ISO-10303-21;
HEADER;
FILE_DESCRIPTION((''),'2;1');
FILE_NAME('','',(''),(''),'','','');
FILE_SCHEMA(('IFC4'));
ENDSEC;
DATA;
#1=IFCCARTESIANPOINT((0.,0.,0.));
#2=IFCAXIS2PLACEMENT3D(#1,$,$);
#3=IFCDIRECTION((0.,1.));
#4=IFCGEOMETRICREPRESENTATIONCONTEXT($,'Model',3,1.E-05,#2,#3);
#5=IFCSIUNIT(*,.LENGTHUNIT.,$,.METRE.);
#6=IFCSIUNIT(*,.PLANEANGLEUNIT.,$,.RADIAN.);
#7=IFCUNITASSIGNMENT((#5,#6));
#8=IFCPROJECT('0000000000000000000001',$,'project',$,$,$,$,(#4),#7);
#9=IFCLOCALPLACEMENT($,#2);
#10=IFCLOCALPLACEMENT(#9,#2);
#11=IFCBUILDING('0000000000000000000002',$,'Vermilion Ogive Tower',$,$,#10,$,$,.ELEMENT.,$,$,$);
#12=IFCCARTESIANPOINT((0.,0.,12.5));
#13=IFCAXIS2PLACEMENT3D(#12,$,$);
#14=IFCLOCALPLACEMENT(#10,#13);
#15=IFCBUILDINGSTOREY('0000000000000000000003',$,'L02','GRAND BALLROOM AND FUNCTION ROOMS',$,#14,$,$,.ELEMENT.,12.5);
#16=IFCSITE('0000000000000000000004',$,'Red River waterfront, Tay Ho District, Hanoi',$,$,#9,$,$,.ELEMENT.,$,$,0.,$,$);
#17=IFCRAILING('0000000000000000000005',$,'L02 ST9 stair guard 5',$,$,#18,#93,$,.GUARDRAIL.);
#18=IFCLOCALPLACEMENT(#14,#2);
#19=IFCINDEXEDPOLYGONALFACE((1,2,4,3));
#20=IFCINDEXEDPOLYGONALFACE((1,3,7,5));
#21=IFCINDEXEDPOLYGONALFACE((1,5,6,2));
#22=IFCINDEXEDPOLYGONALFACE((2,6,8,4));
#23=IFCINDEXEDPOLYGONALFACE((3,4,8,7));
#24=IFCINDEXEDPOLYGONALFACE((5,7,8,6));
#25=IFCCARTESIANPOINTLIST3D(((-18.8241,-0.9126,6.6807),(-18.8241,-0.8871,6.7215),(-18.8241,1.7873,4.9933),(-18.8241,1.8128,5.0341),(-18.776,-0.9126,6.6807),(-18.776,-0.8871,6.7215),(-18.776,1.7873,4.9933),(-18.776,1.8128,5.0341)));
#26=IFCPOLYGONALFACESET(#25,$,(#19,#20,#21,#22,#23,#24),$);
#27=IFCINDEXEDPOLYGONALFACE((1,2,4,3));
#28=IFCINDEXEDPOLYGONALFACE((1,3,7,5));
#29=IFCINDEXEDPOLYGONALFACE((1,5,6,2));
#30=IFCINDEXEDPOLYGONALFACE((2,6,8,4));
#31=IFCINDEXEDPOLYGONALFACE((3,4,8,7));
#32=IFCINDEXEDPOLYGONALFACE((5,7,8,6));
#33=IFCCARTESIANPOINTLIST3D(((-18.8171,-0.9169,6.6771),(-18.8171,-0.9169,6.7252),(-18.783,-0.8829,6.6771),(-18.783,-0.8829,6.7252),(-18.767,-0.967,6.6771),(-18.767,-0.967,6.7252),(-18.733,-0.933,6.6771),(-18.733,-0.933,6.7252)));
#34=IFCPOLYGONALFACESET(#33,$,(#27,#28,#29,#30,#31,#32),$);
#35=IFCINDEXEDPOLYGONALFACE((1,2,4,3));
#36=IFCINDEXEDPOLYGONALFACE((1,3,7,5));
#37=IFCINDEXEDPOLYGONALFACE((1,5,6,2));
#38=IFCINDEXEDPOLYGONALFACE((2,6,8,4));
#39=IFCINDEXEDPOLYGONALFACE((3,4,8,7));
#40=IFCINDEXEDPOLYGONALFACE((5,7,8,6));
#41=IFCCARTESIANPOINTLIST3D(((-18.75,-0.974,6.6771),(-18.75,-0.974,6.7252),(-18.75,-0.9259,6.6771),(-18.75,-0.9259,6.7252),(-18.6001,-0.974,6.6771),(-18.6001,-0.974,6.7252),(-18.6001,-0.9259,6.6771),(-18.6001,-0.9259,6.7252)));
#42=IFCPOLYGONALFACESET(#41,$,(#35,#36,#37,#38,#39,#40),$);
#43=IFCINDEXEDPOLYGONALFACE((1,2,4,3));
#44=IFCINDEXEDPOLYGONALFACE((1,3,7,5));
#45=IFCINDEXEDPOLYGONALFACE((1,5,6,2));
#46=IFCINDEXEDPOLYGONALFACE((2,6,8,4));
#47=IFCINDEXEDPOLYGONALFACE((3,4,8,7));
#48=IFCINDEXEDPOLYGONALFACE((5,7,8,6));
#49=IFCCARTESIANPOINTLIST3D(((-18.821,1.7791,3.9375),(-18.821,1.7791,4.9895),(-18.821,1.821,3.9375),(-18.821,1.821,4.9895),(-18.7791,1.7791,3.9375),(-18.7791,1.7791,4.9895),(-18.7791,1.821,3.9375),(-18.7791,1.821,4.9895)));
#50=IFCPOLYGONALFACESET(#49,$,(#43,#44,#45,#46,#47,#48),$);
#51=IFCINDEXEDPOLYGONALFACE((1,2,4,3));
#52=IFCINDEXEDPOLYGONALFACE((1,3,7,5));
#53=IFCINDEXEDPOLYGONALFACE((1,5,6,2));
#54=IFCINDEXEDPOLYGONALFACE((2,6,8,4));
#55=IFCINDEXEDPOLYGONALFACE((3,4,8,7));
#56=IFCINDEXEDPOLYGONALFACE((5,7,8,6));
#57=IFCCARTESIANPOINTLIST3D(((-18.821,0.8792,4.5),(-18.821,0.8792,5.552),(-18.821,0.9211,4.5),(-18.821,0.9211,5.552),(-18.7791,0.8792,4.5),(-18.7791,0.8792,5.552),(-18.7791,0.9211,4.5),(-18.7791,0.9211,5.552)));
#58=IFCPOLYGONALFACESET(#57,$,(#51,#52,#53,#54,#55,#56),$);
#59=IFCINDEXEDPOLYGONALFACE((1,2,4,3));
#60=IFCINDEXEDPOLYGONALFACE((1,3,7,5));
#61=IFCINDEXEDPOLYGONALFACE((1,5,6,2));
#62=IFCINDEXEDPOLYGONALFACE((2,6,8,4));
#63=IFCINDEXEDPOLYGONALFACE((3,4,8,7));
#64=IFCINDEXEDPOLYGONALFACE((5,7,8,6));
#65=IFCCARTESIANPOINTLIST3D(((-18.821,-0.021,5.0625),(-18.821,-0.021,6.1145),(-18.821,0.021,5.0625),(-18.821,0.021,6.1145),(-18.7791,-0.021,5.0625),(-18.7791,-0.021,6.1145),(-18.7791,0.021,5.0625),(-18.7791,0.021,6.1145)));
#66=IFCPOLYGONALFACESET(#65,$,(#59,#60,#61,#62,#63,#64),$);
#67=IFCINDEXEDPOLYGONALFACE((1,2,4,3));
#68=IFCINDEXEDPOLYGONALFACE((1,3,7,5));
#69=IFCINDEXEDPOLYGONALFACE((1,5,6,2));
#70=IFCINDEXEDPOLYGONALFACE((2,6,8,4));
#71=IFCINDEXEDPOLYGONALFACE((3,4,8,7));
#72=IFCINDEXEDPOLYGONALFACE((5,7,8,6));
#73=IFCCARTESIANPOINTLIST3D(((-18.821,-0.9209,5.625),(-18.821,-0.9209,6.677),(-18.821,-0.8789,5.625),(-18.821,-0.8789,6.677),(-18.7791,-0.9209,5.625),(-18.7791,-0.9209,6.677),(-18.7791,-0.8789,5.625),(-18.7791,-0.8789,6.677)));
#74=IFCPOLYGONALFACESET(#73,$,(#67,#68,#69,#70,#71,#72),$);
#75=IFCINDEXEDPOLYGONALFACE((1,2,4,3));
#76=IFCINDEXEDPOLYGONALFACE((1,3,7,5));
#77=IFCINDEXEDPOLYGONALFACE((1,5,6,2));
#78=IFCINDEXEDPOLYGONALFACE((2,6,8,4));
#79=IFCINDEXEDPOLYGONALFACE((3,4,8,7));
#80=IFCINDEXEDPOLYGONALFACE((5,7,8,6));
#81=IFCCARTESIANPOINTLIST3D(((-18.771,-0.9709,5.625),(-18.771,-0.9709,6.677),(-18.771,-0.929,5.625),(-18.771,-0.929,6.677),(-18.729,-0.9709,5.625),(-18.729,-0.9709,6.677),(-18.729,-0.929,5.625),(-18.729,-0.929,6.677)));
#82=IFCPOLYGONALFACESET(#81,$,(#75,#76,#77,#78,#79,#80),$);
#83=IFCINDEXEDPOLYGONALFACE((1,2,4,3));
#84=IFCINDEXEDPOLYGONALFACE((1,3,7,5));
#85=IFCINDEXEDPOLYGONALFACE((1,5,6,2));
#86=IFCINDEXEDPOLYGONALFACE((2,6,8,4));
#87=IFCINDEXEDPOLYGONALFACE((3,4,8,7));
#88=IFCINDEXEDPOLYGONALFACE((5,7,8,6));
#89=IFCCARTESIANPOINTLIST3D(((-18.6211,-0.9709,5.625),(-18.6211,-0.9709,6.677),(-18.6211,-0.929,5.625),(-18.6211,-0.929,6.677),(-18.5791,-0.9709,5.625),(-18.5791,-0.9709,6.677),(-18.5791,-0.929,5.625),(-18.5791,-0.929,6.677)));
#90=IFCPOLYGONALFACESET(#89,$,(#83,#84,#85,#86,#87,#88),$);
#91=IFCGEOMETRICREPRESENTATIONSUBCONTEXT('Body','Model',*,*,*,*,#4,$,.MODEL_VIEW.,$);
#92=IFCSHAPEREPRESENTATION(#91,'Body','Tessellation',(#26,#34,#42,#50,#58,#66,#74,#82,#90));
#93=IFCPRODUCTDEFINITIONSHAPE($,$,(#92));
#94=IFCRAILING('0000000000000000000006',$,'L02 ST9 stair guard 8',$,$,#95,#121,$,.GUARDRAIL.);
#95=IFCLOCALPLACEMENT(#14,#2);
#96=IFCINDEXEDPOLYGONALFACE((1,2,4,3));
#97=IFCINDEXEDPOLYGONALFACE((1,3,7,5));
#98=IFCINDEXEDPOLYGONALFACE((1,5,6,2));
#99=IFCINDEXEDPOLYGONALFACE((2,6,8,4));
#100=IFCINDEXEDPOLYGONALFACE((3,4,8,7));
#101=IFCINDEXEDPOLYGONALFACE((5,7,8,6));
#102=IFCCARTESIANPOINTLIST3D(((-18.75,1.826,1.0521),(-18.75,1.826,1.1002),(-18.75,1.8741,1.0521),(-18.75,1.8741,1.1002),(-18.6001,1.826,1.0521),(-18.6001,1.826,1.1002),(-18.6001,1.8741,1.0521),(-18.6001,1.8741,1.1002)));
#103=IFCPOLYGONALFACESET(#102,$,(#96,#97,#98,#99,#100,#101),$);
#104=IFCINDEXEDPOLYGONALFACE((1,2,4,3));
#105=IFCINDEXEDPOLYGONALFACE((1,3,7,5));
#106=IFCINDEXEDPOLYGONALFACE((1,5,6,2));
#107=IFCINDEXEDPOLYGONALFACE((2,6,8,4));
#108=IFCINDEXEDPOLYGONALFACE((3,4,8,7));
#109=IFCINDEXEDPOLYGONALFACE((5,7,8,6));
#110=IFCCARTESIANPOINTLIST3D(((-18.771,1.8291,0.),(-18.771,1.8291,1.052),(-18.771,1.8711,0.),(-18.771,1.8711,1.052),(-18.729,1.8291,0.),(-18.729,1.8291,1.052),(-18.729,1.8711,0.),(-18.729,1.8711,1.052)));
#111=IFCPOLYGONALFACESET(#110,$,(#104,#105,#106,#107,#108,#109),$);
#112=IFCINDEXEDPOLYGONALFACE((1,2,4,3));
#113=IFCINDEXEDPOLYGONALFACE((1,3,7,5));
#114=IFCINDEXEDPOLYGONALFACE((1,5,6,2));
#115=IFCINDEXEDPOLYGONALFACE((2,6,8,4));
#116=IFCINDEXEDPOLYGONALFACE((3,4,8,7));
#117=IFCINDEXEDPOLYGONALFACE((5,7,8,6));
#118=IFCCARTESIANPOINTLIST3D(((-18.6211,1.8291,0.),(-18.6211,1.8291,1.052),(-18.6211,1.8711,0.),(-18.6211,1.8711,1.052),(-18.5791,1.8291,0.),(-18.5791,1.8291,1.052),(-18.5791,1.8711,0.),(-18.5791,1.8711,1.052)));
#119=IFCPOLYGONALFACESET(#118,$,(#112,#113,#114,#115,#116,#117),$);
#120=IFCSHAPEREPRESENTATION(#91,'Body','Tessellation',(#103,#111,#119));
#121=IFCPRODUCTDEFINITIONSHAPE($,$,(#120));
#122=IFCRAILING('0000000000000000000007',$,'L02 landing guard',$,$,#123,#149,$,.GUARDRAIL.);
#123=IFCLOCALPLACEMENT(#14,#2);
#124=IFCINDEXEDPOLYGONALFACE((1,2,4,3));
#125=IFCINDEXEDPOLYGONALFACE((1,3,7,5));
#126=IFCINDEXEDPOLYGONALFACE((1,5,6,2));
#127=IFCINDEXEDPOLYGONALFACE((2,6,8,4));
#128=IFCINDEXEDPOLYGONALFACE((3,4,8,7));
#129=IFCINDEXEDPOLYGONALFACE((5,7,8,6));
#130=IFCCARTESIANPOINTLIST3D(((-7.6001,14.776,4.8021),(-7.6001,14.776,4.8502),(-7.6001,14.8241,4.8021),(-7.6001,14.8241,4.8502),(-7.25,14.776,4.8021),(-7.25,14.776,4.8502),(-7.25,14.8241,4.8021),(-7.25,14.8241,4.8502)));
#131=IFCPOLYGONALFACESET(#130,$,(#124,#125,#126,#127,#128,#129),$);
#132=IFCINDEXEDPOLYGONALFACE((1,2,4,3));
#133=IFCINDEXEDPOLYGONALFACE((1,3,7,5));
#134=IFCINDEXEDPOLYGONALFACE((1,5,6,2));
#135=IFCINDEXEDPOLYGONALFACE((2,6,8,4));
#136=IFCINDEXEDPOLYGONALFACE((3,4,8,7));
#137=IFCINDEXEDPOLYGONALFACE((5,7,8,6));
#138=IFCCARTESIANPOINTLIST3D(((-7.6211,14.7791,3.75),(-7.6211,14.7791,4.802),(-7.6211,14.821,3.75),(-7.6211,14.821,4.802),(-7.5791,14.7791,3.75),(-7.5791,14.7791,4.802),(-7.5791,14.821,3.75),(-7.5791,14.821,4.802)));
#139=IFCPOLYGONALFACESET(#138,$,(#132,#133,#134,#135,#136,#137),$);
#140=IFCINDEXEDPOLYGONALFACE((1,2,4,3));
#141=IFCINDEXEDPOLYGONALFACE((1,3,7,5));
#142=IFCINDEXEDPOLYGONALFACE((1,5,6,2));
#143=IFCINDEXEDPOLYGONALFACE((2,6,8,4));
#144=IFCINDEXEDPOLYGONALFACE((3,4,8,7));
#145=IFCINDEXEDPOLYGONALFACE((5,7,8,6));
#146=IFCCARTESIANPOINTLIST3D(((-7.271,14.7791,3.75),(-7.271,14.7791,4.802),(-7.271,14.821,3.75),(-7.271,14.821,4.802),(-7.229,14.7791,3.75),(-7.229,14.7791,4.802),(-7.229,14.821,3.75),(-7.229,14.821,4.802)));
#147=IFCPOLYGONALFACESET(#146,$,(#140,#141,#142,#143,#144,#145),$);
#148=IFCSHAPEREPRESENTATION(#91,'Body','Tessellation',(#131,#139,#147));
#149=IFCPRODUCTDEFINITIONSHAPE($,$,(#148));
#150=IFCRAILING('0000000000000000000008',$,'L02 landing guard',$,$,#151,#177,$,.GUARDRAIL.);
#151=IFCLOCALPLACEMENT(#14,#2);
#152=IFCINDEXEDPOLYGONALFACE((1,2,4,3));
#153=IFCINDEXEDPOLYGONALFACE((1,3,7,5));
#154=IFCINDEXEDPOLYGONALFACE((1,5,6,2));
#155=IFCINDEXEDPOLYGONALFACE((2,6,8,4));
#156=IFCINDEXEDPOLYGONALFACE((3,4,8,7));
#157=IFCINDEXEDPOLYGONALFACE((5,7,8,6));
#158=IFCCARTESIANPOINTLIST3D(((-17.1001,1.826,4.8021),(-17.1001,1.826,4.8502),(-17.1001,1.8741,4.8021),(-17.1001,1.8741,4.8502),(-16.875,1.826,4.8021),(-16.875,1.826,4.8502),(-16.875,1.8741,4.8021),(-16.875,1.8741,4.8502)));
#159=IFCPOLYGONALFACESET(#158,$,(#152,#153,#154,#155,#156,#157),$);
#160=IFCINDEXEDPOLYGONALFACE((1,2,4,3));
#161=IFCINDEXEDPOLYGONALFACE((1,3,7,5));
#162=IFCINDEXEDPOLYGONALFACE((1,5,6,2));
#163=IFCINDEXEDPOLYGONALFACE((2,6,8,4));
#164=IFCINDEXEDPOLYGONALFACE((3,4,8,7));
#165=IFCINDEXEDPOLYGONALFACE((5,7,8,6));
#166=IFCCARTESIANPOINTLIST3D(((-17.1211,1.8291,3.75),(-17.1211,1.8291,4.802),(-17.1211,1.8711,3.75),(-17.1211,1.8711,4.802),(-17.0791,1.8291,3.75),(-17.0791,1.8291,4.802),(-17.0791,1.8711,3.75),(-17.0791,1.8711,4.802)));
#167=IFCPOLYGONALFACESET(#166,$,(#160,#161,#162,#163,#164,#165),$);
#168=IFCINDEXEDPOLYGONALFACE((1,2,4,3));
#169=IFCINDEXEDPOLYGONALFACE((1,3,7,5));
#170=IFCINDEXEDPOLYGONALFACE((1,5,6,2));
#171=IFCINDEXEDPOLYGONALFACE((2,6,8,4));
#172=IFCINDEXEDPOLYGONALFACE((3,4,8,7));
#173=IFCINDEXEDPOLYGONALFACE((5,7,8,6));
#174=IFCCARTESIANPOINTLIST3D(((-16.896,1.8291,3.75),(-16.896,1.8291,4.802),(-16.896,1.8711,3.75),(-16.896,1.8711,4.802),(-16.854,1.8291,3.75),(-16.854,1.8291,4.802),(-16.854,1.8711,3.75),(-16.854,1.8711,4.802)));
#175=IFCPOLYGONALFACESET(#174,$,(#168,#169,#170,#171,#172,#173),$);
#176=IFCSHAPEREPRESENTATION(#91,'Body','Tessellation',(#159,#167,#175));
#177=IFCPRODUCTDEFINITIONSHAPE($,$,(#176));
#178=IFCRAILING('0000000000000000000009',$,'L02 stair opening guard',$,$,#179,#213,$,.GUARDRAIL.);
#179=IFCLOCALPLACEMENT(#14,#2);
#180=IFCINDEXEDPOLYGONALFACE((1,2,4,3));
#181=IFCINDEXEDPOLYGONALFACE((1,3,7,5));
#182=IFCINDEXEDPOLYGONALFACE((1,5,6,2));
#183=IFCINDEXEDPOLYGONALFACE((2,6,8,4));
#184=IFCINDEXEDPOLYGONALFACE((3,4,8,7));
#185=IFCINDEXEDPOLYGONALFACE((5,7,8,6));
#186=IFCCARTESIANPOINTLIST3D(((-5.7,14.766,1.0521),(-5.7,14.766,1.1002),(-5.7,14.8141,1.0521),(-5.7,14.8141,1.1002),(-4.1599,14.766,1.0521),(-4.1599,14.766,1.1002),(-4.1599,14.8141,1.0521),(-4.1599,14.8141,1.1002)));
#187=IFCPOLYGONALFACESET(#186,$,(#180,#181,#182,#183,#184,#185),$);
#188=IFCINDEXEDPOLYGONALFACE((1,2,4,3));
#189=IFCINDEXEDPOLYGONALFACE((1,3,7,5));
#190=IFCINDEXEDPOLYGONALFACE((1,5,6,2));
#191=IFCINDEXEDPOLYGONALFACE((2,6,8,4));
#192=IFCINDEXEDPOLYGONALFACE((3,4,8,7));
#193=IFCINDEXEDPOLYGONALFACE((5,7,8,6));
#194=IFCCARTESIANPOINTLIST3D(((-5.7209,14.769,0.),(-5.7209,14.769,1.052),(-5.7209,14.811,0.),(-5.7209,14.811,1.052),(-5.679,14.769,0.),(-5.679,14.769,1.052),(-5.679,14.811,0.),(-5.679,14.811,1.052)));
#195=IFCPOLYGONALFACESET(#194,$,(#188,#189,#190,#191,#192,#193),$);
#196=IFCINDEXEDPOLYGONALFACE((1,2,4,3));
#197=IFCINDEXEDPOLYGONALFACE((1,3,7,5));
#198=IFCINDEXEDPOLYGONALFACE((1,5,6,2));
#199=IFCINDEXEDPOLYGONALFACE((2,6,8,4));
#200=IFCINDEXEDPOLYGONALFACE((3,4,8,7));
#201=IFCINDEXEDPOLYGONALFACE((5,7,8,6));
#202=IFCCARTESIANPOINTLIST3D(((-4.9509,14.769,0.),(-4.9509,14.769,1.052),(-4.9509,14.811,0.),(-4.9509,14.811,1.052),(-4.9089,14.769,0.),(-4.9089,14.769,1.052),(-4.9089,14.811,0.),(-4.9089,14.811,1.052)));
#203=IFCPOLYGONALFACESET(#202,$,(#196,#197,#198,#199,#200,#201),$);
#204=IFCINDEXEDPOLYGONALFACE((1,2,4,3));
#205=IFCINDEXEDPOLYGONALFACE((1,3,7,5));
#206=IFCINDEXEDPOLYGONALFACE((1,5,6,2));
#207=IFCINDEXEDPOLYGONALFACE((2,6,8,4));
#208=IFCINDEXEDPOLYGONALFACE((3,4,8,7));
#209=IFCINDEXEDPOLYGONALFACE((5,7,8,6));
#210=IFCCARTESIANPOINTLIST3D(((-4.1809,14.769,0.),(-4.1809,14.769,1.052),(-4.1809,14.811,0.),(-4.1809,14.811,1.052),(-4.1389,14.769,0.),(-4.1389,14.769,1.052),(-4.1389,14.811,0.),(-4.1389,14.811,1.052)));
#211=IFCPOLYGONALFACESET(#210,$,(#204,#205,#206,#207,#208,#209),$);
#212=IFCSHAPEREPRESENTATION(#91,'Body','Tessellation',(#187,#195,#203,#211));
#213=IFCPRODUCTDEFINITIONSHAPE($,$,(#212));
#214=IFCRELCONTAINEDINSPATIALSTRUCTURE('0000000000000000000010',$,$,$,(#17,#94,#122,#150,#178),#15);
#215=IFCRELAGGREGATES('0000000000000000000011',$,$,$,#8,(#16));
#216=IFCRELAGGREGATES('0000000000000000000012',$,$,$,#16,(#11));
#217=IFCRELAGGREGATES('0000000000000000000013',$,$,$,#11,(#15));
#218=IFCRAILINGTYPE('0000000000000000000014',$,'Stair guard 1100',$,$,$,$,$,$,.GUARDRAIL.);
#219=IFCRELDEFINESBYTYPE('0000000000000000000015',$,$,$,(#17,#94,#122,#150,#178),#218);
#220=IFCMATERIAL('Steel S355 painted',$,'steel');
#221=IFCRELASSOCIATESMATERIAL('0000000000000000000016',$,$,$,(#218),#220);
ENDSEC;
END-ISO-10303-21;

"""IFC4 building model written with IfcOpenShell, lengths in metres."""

from ifc_helpers import new_model, si_unit, direction, frame, origin, origin_2d, place, context, subcontext, project, spatial, rectangle, extrude, material, type_object, element, save


model = new_model("IFC4")

# Units and contexts
model_context = context("Model", 3, precision=1e-05, world=origin(), true_north=direction((0.0, 1.0)))
body_context = subcontext(model_context, "Body", "Model", "MODEL_VIEW")
ifc_project = project(units=[si_unit("LENGTHUNIT", "METRE"), si_unit("PLANEANGLEUNIT", "RADIAN")], contexts=[model_context])

# Site, building, storey
site_placement = place(None, origin())
site = spatial("IfcSite", under=ifc_project, at=site_placement, Name="Red River waterfront, Tay Ho District, Hanoi", CompositionType="ELEMENT", RefElevation=0.0)
building_placement = place(site_placement, origin())
building = spatial("IfcBuilding", under=site, at=building_placement, Name="Vermilion Ogive Tower", CompositionType="ELEMENT")
storey_placement = place(building_placement, frame((0.0, 0.0, 12.5)))
storey = spatial("IfcBuildingStorey", under=building, at=storey_placement, Name="L02", Description="GRAND BALLROOM AND FUNCTION ROOMS", CompositionType="ELEMENT", Elevation=12.5)

# Railings
ifc_material_1 = material(Name="Steel S355 painted", Category="steel")
railing_type = type_object("IfcRailingType", Name="Stair guard 1100", PredefinedType="GUARDRAIL", material=ifc_material_1)
railing_1_placement = place(storey_placement, frame((-18.8, 1.8, 3.9375)))
element("IfcRailing", 1, at=railing_1_placement, inside=storey, type_object=railing_type, Name="L02 ST9 stair guard 5", PredefinedType="GUARDRAIL", context=body_context, shape_type="SweptSolid", body=[
    extrude(rectangle(XDim=0.0481, YDim=0.0481, at=origin_2d()), frame((0.0, 0.0, 1.0762), z_axis=(0.0, -0.847994, 0.530006), x_axis=(1.0, 0.0, 0.0)), (0.0, 0.0, 1.0), 3.1838),
    extrude(rectangle(XDim=0.0481, YDim=0.0481, at=origin_2d()), frame((0.0, -2.7, 2.7637), z_axis=(0.707107, -0.707107, 0.0), x_axis=(0.707107, 0.707107, 0.0)), (0.0, 0.0, 1.0), 0.0708),
    extrude(rectangle(XDim=0.0481, YDim=0.0481, at=origin_2d()), frame((0.05, -2.75, 2.7637), z_axis=(1.0, 0.0, 0.0), x_axis=(0.0, 1.0, 0.0)), (0.0, 0.0, 1.0), 0.1499),
    extrude(rectangle(XDim=0.042, YDim=0.042, at=origin_2d()), origin(), (0.0, 0.0, 1.0), 1.052),
    extrude(rectangle(XDim=0.042, YDim=0.042, at=origin_2d()), frame((0.0, -0.8999, 0.5625)), (0.0, 0.0, 1.0), 1.052),
    extrude(rectangle(XDim=0.042, YDim=0.042, at=origin_2d()), frame((0.0, -1.8, 1.125)), (0.0, 0.0, 1.0), 1.052),
    extrude(rectangle(XDim=0.042, YDim=0.042, at=origin_2d()), frame((0.0, -2.7, 1.6875)), (0.0, 0.0, 1.0), 1.052),
    extrude(rectangle(XDim=0.042, YDim=0.042, at=origin_2d()), frame((0.05, -2.75, 1.6875)), (0.0, 0.0, 1.0), 1.052),
    extrude(rectangle(XDim=0.042, YDim=0.042, at=origin_2d()), frame((0.2, -2.75, 1.6875)), (0.0, 0.0, 1.0), 1.052),
])
railing_2_placement = place(storey_placement, frame((-18.75, 1.8501, 0.0)))
element("IfcRailing", 2, at=railing_2_placement, inside=storey, type_object=railing_type, Name="L02 ST9 stair guard 8", PredefinedType="GUARDRAIL", context=body_context, shape_type="SweptSolid", body=[
    extrude(rectangle(XDim=0.0481, YDim=0.0481, at=origin_2d()), frame((0.0, 0.0, 1.0762), z_axis=(1.0, 0.0, 0.0), x_axis=(0.0, 1.0, 0.0)), (0.0, 0.0, 1.0), 0.1499),
    extrude(rectangle(XDim=0.042, YDim=0.042, at=origin_2d()), origin(), (0.0, 0.0, 1.0), 1.052),
    extrude(rectangle(XDim=0.042, YDim=0.042, at=origin_2d()), frame((0.1499, 0.0, 0.0)), (0.0, 0.0, 1.0), 1.052),
])
railing_3_placement = place(storey_placement, frame((-7.6001, 14.8, 3.75)))
element("IfcRailing", 3, at=railing_3_placement, inside=storey, type_object=railing_type, Name="L02 landing guard", PredefinedType="GUARDRAIL", context=body_context, shape_type="SweptSolid", body=[
    extrude(rectangle(XDim=0.0481, YDim=0.0481, at=origin_2d()), frame((0.0, 0.0, 1.0762), z_axis=(1.0, 0.0, 0.0), x_axis=(0.0, 1.0, 0.0)), (0.0, 0.0, 1.0), 0.3501),
    extrude(rectangle(XDim=0.042, YDim=0.042, at=origin_2d()), origin(), (0.0, 0.0, 1.0), 1.052),
    extrude(rectangle(XDim=0.042, YDim=0.042, at=origin_2d()), frame((0.3501, 0.0, 0.0)), (0.0, 0.0, 1.0), 1.052),
])
railing_4_placement = place(storey_placement, frame((-17.1001, 1.8501, 3.75)))
element("IfcRailing", 4, at=railing_4_placement, inside=storey, type_object=railing_type, Name="L02 landing guard", PredefinedType="GUARDRAIL", context=body_context, shape_type="SweptSolid", body=[
    extrude(rectangle(XDim=0.0481, YDim=0.0481, at=origin_2d()), frame((0.0, 0.0, 1.0762), z_axis=(1.0, 0.0, 0.0), x_axis=(0.0, 1.0, 0.0)), (0.0, 0.0, 1.0), 0.2251),
    extrude(rectangle(XDim=0.042, YDim=0.042, at=origin_2d()), origin(), (0.0, 0.0, 1.0), 1.052),
    extrude(rectangle(XDim=0.042, YDim=0.042, at=origin_2d()), frame((0.2251, 0.0, 0.0)), (0.0, 0.0, 1.0), 1.052),
])
railing_5_placement = place(storey_placement, frame((-5.7, 14.79, 0.0)))
element("IfcRailing", 5, at=railing_5_placement, inside=storey, type_object=railing_type, Name="L02 stair opening guard", PredefinedType="GUARDRAIL", context=body_context, shape_type="SweptSolid", body=[
    extrude(rectangle(XDim=0.0481, YDim=0.0481, at=origin_2d()), frame((0.0, 0.0, 1.0762), z_axis=(1.0, 0.0, 0.0), x_axis=(0.0, 1.0, 0.0)), (0.0, 0.0, 1.0), 1.54),
    extrude(rectangle(XDim=0.042, YDim=0.042, at=origin_2d()), origin(), (0.0, 0.0, 1.0), 1.052),
    extrude(rectangle(XDim=0.042, YDim=0.042, at=origin_2d()), frame((0.77, 0.0, 0.0)), (0.0, 0.0, 1.0), 1.052),
    extrude(rectangle(XDim=0.042, YDim=0.042, at=origin_2d()), frame((1.54, 0.0, 0.0)), (0.0, 0.0, 1.0), 1.052),
])

save(model, "model.ifc")
